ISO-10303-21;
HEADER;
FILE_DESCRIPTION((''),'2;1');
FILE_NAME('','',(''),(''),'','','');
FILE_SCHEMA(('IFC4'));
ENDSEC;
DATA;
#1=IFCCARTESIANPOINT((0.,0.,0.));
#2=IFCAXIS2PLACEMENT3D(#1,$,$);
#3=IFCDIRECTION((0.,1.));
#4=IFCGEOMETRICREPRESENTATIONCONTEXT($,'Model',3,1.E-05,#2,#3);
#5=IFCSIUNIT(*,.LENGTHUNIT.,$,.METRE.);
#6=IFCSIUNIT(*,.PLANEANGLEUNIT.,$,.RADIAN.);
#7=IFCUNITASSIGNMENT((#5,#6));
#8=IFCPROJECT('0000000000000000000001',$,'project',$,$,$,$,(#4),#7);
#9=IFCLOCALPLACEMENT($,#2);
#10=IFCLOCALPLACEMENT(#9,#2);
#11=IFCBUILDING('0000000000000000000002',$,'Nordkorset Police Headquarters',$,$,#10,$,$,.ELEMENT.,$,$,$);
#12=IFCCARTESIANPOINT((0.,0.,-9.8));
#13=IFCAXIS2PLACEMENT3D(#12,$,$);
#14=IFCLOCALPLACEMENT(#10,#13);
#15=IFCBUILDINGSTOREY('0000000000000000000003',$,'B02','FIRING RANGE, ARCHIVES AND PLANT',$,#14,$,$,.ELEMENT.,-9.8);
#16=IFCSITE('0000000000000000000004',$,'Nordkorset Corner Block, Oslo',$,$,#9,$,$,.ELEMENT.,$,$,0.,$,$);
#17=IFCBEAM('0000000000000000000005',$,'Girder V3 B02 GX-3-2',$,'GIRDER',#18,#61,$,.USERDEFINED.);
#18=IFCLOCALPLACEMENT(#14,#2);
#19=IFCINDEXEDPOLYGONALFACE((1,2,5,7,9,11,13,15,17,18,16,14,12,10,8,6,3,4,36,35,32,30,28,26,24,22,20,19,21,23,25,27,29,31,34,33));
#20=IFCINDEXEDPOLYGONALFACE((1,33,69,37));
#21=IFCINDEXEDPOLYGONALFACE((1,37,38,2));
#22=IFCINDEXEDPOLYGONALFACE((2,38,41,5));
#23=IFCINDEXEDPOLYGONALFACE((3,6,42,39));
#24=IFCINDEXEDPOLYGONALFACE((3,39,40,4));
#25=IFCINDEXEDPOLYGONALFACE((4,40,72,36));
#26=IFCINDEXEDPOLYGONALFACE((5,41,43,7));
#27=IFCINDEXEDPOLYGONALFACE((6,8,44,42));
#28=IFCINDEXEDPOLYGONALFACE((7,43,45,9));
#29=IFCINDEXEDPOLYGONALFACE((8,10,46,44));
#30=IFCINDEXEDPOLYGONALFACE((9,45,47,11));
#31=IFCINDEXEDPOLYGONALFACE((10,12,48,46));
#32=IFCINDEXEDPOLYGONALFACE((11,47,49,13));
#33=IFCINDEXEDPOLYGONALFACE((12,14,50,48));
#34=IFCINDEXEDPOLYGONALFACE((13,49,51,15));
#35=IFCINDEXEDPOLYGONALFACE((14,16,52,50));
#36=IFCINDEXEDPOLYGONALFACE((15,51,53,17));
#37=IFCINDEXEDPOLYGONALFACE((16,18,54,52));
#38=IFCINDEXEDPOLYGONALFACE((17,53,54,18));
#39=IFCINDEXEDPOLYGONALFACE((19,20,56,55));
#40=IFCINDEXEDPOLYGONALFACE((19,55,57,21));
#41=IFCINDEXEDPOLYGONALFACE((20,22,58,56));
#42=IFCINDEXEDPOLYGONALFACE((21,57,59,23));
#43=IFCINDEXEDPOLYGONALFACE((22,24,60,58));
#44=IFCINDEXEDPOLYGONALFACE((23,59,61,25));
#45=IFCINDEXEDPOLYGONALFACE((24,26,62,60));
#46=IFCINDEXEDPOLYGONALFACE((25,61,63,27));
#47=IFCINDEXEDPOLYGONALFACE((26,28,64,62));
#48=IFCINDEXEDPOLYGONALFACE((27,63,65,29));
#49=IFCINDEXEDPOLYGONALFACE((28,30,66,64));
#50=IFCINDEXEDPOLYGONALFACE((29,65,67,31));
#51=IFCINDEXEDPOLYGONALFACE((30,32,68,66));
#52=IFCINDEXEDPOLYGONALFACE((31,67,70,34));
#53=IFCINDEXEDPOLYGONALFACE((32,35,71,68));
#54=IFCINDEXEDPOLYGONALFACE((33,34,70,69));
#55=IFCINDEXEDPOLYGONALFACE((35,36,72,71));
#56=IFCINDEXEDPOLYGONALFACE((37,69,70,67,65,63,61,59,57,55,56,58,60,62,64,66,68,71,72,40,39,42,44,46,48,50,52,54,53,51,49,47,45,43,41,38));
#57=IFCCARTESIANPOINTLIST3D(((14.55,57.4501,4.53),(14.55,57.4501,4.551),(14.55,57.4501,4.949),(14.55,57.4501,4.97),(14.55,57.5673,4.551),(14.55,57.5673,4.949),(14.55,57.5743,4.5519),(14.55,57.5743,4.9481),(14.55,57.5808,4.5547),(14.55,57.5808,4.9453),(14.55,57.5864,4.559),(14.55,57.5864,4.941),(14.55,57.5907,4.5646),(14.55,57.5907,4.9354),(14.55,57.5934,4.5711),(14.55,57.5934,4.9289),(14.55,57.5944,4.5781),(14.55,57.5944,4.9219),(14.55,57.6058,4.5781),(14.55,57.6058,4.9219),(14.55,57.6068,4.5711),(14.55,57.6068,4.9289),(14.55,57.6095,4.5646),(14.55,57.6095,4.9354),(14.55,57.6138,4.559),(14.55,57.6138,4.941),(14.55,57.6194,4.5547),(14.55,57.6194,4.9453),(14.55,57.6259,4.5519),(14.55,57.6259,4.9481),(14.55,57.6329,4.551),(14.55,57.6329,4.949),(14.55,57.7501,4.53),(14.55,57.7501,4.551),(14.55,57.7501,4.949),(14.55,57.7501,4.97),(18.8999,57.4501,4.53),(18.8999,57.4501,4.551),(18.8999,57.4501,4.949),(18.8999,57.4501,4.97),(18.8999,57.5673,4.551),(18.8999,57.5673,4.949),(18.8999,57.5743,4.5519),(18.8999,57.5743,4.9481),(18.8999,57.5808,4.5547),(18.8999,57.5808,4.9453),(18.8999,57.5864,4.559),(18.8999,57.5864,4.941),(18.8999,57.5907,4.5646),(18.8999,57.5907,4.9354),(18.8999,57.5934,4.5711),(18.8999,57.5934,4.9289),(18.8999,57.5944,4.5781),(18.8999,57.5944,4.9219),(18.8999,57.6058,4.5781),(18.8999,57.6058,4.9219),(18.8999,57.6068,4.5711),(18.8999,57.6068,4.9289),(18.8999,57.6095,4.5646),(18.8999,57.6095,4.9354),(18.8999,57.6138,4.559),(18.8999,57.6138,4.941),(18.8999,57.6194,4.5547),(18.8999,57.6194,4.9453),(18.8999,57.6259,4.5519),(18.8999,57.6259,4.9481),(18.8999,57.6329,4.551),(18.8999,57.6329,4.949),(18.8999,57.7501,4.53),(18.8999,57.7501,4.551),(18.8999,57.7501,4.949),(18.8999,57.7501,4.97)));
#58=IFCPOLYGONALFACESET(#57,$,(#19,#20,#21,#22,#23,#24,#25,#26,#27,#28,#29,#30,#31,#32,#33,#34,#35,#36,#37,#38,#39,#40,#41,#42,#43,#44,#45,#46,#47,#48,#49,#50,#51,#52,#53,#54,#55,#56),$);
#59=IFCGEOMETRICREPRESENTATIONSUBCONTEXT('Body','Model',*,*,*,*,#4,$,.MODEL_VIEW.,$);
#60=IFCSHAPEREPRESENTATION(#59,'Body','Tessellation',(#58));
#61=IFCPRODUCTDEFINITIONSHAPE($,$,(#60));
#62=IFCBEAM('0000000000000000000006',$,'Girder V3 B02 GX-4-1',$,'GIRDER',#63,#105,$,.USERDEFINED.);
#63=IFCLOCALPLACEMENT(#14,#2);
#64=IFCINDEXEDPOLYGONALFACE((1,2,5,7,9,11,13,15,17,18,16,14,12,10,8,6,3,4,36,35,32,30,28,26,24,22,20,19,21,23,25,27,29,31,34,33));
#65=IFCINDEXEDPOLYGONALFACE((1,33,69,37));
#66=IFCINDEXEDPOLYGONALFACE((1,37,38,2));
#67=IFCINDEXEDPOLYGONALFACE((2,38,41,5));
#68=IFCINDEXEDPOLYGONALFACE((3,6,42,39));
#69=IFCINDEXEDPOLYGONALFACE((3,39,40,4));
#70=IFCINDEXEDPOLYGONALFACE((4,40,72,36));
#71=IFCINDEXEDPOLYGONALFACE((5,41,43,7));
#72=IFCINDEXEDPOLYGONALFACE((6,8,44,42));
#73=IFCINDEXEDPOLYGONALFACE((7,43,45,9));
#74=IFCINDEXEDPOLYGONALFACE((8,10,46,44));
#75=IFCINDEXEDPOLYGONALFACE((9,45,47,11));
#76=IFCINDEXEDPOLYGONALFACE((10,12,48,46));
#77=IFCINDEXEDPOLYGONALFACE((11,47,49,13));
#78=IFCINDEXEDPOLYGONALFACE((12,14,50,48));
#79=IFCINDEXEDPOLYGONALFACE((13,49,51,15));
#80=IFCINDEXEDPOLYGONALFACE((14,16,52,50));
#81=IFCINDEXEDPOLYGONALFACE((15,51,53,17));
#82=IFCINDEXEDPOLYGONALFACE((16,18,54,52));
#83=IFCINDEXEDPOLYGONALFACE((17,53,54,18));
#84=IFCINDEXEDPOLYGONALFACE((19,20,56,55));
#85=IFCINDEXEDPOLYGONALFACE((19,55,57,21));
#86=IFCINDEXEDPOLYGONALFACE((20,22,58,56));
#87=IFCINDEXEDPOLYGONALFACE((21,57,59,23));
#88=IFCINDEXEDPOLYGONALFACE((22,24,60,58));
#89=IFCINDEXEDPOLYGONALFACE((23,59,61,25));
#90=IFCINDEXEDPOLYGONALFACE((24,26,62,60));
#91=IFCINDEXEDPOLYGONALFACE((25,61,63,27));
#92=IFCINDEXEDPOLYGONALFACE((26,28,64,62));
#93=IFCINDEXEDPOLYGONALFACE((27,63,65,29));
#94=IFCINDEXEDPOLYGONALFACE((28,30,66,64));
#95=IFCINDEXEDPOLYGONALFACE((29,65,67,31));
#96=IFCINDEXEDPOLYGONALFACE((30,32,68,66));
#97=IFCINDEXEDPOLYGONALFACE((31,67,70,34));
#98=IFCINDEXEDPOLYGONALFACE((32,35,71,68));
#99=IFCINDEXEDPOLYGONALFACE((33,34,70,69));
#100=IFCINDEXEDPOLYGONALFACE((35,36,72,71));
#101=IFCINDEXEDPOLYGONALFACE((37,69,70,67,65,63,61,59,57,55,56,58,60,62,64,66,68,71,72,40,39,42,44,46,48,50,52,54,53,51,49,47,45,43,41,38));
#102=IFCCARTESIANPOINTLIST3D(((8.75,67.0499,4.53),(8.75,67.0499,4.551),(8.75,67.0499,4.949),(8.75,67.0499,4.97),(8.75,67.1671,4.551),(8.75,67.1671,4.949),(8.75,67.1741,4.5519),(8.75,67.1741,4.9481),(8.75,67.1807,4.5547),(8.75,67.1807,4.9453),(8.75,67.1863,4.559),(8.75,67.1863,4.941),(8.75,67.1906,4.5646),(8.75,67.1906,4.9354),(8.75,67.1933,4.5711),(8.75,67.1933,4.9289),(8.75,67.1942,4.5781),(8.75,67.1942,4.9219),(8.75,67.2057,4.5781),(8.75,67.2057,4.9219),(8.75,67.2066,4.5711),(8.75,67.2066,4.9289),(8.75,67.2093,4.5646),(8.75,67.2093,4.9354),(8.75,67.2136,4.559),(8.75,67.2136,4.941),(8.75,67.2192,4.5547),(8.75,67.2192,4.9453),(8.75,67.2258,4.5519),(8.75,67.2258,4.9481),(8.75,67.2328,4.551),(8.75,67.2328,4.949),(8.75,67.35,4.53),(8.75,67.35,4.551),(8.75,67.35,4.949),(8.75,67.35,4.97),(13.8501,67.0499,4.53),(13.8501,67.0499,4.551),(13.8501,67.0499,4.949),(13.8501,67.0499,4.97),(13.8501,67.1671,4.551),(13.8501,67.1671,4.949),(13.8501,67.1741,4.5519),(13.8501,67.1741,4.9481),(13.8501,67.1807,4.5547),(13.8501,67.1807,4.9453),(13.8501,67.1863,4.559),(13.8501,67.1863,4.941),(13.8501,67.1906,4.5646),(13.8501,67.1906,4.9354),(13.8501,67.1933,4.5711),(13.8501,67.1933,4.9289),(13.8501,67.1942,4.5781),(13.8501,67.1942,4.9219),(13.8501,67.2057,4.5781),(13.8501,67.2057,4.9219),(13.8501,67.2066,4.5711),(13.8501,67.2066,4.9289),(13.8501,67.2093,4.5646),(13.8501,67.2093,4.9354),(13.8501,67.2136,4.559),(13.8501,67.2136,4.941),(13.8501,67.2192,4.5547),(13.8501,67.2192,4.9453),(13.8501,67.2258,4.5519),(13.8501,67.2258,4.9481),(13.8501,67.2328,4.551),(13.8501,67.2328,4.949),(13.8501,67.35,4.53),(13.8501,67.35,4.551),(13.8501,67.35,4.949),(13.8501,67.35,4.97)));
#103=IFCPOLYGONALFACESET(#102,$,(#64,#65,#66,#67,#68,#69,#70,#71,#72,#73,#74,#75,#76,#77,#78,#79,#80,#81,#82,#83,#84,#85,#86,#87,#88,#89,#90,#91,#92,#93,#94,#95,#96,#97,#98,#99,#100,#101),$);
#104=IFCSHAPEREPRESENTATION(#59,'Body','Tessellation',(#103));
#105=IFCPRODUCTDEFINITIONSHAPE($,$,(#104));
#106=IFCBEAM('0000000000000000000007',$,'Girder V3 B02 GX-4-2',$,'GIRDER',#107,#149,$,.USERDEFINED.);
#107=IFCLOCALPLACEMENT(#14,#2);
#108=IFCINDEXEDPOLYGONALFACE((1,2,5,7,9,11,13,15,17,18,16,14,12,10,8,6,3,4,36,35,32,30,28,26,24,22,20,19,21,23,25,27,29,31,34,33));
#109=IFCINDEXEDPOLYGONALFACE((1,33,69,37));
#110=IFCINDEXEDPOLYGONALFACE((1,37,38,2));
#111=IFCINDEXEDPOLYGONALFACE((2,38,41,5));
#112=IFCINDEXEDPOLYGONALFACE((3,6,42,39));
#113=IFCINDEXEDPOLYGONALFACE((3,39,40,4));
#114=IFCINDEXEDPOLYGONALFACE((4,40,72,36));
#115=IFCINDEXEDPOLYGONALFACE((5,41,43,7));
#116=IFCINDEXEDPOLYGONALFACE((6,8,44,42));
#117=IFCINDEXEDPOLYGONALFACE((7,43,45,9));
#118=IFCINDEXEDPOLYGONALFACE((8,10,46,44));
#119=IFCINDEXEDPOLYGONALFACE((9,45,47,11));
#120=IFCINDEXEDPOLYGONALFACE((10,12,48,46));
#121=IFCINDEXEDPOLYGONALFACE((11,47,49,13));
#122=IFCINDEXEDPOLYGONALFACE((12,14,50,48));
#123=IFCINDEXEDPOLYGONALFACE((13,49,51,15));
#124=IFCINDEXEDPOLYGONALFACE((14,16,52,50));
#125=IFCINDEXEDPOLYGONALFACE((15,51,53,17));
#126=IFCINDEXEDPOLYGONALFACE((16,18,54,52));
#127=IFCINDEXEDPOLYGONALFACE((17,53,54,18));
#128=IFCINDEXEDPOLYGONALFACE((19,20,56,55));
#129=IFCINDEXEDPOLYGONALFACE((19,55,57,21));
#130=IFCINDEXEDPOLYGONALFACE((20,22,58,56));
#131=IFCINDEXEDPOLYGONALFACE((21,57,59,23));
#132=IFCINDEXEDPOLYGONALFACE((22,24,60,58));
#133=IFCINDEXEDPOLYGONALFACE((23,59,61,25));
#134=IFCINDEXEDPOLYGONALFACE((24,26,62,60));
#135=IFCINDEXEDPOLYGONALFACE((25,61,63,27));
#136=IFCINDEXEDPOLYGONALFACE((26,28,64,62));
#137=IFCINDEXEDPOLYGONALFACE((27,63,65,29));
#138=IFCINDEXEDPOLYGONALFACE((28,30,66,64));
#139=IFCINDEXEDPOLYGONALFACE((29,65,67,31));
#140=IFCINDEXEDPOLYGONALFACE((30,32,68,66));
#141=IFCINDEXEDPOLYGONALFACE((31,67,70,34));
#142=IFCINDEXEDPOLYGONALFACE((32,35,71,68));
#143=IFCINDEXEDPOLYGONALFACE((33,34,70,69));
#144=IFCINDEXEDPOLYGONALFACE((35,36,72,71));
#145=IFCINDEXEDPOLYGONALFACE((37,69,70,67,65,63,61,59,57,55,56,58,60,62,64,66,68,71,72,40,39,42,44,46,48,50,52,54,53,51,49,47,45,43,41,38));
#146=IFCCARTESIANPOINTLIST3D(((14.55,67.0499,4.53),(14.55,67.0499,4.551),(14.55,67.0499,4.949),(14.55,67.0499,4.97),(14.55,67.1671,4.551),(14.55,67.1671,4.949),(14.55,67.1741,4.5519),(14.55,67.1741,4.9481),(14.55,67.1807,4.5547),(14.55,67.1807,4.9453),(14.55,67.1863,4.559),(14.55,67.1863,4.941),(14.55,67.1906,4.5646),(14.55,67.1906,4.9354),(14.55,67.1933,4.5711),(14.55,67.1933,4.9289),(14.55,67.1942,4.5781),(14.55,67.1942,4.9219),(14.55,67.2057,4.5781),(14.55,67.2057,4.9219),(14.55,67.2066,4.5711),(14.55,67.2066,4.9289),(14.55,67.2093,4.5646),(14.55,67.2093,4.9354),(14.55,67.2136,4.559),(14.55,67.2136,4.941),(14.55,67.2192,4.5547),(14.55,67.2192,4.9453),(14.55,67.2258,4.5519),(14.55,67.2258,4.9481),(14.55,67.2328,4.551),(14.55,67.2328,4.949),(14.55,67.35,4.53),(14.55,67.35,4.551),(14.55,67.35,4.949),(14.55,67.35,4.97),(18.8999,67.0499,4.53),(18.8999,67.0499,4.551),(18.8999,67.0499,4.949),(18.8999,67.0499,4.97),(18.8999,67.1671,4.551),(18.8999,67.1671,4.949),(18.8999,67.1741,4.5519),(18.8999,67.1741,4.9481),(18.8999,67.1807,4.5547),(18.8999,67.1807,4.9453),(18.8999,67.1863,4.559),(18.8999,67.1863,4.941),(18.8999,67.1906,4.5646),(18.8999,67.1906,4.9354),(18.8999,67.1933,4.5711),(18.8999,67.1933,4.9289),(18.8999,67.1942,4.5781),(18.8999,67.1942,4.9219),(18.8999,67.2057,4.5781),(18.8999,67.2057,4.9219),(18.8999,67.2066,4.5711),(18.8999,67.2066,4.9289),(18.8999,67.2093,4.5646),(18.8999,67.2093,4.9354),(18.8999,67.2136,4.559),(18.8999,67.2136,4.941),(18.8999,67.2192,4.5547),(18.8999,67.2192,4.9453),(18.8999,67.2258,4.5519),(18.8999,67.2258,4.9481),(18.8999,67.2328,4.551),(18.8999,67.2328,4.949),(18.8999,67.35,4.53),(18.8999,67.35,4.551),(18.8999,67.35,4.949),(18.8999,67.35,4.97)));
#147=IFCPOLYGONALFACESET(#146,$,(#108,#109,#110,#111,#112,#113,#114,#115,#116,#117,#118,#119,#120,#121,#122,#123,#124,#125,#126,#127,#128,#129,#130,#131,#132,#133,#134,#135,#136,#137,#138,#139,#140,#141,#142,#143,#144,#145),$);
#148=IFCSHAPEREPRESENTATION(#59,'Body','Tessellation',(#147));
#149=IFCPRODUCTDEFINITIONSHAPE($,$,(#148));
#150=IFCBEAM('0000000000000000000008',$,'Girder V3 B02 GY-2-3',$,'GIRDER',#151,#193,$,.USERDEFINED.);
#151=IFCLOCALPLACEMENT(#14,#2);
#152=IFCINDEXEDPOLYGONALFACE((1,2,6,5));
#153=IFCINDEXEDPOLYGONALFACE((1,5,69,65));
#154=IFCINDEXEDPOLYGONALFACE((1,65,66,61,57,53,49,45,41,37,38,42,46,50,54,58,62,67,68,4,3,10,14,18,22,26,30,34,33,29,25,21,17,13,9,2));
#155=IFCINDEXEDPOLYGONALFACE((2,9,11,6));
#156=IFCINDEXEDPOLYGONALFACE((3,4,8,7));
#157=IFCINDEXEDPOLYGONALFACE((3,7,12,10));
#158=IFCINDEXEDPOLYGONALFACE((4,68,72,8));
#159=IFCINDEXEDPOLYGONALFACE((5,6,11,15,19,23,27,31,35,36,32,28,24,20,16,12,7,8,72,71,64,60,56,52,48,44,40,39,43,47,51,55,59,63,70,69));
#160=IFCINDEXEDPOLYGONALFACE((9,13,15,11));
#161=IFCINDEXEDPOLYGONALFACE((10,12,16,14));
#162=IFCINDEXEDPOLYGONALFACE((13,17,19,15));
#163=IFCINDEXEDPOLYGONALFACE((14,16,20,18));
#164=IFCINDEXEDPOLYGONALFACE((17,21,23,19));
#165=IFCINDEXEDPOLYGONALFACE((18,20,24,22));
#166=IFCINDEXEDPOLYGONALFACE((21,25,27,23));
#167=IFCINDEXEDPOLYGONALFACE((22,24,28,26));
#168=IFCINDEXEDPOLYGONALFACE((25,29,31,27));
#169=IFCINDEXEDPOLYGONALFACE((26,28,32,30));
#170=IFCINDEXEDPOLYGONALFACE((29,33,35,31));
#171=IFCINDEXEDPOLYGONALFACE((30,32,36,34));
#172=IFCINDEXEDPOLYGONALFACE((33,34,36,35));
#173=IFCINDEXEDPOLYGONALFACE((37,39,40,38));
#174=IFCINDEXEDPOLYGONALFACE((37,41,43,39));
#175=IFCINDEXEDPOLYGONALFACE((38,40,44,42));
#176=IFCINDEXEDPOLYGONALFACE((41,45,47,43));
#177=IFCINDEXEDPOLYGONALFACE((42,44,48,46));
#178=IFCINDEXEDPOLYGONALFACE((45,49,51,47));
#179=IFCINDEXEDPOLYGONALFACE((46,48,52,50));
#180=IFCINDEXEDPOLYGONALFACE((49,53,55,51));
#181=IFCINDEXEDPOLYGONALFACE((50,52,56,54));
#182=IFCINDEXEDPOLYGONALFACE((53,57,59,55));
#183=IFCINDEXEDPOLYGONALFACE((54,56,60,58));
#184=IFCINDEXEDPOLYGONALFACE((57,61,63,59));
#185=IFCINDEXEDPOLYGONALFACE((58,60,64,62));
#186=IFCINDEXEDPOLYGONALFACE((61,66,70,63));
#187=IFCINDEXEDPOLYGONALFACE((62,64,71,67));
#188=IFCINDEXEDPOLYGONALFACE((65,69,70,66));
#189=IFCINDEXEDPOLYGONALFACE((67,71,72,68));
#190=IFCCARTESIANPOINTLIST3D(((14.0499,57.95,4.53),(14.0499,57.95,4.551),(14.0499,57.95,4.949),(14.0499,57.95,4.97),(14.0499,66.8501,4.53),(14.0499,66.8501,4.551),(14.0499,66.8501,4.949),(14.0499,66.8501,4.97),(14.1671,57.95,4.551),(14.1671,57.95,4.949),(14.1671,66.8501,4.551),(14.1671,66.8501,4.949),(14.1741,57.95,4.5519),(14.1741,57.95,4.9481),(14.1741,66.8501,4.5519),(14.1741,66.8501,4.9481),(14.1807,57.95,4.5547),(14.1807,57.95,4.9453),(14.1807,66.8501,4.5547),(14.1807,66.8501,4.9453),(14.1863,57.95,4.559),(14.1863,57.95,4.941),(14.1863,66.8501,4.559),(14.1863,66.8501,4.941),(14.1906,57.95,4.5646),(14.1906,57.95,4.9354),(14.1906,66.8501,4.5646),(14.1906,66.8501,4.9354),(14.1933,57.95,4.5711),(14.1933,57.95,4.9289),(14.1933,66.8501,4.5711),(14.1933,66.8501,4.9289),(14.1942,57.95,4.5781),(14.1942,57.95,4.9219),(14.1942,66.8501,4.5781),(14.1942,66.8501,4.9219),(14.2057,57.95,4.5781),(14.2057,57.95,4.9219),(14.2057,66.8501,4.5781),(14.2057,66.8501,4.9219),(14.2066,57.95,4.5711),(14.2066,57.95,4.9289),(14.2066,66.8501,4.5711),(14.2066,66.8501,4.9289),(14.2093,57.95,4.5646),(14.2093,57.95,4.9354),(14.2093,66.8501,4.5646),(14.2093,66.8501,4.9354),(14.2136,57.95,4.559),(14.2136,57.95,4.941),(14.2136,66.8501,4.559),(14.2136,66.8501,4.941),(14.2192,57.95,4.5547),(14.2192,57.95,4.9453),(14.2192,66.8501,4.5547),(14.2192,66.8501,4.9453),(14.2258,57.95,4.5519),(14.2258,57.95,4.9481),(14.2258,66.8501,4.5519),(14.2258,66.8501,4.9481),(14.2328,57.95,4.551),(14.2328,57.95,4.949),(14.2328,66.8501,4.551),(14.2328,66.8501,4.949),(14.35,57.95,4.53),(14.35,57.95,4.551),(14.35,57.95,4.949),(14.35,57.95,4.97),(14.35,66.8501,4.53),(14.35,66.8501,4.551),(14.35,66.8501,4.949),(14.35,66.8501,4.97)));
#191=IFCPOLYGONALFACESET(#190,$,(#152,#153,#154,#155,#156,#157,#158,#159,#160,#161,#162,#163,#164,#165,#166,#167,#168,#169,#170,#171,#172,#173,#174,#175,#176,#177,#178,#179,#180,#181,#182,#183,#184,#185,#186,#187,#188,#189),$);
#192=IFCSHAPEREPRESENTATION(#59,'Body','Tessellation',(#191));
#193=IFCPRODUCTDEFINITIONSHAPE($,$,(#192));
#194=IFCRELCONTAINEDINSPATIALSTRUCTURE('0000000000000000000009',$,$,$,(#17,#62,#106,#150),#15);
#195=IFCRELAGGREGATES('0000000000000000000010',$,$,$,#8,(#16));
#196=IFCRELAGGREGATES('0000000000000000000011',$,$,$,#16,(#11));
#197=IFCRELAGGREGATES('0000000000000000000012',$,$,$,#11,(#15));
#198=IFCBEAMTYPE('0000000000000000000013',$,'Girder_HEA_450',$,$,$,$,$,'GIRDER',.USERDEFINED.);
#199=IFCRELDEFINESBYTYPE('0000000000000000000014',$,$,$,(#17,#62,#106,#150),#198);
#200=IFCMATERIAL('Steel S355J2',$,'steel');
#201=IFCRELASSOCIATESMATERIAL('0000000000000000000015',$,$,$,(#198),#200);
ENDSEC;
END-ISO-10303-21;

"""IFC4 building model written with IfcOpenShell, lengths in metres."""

from ifc_helpers import new_model, si_unit, direction, frame, origin, origin_2d, place, context, subcontext, project, spatial, i_section, extrude, material, material_profile, profile_set, type_object, element, save


model = new_model("IFC4")

# Units and contexts
model_context = context("Model", 3, precision=1e-05, world=origin(), true_north=direction((0.0, 1.0)))
body_context = subcontext(model_context, "Body", "Model", "MODEL_VIEW")
ifc_project = project(units=[si_unit("LENGTHUNIT", "METRE"), si_unit("PLANEANGLEUNIT", "RADIAN")], contexts=[model_context])

# Site, building, storey
site_placement = place(None, origin())
site = spatial("IfcSite", under=ifc_project, at=site_placement, Name="Nordkorset Corner Block, Oslo", CompositionType="ELEMENT", RefElevation=0.0)
building_placement = place(site_placement, origin())
building = spatial("IfcBuilding", under=site, at=building_placement, Name="Nordkorset Police Headquarters", CompositionType="ELEMENT")
storey_placement = place(building_placement, frame((0.0, 0.0, -9.8)))
storey = spatial("IfcBuildingStorey", under=building, at=storey_placement, Name="B02", Description="FIRING RANGE, ARCHIVES AND PLANT", CompositionType="ELEMENT", Elevation=-9.8)

# Beams
ifc_material_1 = material(Name="Steel S355J2", Category="steel")
ifc_material_profile_1 = material_profile(ifc_material_1, i_section(OverallWidth=0.3, OverallDepth=0.4399, WebThickness=0.0115, FlangeThickness=0.021, FilletRadius=0.0271, at=origin_2d()), Name="HEA 450")
ifc_profile_set_1 = profile_set([ifc_material_profile_1], Name="Steel S355J2")
beam_type_1 = type_object("IfcBeamType", Name="Girder_HEA_450", ElementType="GIRDER", PredefinedType="USERDEFINED", material=ifc_profile_set_1)
beam_1_placement = place(storey_placement, frame((14.55, 57.6001, 4.75), z_axis=(1.0, 0.0, 0.0), x_axis=(0.0, 1.0, 0.0)))
element("IfcBeam", 1, at=beam_1_placement, inside=storey, type_object=beam_type_1, Name="Girder V3 B02 GX-3-2", ObjectType="GIRDER", PredefinedType="USERDEFINED", context=body_context, shape_type="SweptSolid", body=[
    extrude(i_section(OverallWidth=0.3, OverallDepth=0.4399, WebThickness=0.0115, FlangeThickness=0.021, FilletRadius=0.0271, at=origin_2d()), origin(), (0.0, 0.0, 1.0), 4.3499),
])
beam_2_placement = place(storey_placement, frame((8.75, 67.2, 4.75), z_axis=(1.0, 0.0, 0.0), x_axis=(0.0, 1.0, 0.0)))
element("IfcBeam", 2, at=beam_2_placement, inside=storey, type_object=beam_type_1, Name="Girder V3 B02 GX-4-1", ObjectType="GIRDER", PredefinedType="USERDEFINED", context=body_context, shape_type="SweptSolid", body=[
    extrude(i_section(OverallWidth=0.3, OverallDepth=0.4399, WebThickness=0.0115, FlangeThickness=0.021, FilletRadius=0.0271, at=origin_2d()), origin(), (0.0, 0.0, 1.0), 5.1001),
])
beam_3_placement = place(storey_placement, frame((14.55, 67.2, 4.75), z_axis=(1.0, 0.0, 0.0), x_axis=(0.0, 1.0, 0.0)))
element("IfcBeam", 3, at=beam_3_placement, inside=storey, type_object=beam_type_1, Name="Girder V3 B02 GX-4-2", ObjectType="GIRDER", PredefinedType="USERDEFINED", context=body_context, shape_type="SweptSolid", body=[
    extrude(i_section(OverallWidth=0.3, OverallDepth=0.4399, WebThickness=0.0115, FlangeThickness=0.021, FilletRadius=0.0271, at=origin_2d()), origin(), (0.0, 0.0, 1.0), 4.3499),
])
beam_4_placement = place(storey_placement, frame((14.2, 57.95, 4.75), z_axis=(0.0, 1.0, 0.0), x_axis=(-1.0, 0.0, 0.0)))
element("IfcBeam", 4, at=beam_4_placement, inside=storey, type_object=beam_type_1, Name="Girder V3 B02 GY-2-3", ObjectType="GIRDER", PredefinedType="USERDEFINED", context=body_context, shape_type="SweptSolid", body=[
    extrude(i_section(OverallWidth=0.3, OverallDepth=0.4399, WebThickness=0.0115, FlangeThickness=0.021, FilletRadius=0.0271, at=origin_2d()), origin(), (0.0, 0.0, 1.0), 8.9001),
])

save(model, "model.ifc")
